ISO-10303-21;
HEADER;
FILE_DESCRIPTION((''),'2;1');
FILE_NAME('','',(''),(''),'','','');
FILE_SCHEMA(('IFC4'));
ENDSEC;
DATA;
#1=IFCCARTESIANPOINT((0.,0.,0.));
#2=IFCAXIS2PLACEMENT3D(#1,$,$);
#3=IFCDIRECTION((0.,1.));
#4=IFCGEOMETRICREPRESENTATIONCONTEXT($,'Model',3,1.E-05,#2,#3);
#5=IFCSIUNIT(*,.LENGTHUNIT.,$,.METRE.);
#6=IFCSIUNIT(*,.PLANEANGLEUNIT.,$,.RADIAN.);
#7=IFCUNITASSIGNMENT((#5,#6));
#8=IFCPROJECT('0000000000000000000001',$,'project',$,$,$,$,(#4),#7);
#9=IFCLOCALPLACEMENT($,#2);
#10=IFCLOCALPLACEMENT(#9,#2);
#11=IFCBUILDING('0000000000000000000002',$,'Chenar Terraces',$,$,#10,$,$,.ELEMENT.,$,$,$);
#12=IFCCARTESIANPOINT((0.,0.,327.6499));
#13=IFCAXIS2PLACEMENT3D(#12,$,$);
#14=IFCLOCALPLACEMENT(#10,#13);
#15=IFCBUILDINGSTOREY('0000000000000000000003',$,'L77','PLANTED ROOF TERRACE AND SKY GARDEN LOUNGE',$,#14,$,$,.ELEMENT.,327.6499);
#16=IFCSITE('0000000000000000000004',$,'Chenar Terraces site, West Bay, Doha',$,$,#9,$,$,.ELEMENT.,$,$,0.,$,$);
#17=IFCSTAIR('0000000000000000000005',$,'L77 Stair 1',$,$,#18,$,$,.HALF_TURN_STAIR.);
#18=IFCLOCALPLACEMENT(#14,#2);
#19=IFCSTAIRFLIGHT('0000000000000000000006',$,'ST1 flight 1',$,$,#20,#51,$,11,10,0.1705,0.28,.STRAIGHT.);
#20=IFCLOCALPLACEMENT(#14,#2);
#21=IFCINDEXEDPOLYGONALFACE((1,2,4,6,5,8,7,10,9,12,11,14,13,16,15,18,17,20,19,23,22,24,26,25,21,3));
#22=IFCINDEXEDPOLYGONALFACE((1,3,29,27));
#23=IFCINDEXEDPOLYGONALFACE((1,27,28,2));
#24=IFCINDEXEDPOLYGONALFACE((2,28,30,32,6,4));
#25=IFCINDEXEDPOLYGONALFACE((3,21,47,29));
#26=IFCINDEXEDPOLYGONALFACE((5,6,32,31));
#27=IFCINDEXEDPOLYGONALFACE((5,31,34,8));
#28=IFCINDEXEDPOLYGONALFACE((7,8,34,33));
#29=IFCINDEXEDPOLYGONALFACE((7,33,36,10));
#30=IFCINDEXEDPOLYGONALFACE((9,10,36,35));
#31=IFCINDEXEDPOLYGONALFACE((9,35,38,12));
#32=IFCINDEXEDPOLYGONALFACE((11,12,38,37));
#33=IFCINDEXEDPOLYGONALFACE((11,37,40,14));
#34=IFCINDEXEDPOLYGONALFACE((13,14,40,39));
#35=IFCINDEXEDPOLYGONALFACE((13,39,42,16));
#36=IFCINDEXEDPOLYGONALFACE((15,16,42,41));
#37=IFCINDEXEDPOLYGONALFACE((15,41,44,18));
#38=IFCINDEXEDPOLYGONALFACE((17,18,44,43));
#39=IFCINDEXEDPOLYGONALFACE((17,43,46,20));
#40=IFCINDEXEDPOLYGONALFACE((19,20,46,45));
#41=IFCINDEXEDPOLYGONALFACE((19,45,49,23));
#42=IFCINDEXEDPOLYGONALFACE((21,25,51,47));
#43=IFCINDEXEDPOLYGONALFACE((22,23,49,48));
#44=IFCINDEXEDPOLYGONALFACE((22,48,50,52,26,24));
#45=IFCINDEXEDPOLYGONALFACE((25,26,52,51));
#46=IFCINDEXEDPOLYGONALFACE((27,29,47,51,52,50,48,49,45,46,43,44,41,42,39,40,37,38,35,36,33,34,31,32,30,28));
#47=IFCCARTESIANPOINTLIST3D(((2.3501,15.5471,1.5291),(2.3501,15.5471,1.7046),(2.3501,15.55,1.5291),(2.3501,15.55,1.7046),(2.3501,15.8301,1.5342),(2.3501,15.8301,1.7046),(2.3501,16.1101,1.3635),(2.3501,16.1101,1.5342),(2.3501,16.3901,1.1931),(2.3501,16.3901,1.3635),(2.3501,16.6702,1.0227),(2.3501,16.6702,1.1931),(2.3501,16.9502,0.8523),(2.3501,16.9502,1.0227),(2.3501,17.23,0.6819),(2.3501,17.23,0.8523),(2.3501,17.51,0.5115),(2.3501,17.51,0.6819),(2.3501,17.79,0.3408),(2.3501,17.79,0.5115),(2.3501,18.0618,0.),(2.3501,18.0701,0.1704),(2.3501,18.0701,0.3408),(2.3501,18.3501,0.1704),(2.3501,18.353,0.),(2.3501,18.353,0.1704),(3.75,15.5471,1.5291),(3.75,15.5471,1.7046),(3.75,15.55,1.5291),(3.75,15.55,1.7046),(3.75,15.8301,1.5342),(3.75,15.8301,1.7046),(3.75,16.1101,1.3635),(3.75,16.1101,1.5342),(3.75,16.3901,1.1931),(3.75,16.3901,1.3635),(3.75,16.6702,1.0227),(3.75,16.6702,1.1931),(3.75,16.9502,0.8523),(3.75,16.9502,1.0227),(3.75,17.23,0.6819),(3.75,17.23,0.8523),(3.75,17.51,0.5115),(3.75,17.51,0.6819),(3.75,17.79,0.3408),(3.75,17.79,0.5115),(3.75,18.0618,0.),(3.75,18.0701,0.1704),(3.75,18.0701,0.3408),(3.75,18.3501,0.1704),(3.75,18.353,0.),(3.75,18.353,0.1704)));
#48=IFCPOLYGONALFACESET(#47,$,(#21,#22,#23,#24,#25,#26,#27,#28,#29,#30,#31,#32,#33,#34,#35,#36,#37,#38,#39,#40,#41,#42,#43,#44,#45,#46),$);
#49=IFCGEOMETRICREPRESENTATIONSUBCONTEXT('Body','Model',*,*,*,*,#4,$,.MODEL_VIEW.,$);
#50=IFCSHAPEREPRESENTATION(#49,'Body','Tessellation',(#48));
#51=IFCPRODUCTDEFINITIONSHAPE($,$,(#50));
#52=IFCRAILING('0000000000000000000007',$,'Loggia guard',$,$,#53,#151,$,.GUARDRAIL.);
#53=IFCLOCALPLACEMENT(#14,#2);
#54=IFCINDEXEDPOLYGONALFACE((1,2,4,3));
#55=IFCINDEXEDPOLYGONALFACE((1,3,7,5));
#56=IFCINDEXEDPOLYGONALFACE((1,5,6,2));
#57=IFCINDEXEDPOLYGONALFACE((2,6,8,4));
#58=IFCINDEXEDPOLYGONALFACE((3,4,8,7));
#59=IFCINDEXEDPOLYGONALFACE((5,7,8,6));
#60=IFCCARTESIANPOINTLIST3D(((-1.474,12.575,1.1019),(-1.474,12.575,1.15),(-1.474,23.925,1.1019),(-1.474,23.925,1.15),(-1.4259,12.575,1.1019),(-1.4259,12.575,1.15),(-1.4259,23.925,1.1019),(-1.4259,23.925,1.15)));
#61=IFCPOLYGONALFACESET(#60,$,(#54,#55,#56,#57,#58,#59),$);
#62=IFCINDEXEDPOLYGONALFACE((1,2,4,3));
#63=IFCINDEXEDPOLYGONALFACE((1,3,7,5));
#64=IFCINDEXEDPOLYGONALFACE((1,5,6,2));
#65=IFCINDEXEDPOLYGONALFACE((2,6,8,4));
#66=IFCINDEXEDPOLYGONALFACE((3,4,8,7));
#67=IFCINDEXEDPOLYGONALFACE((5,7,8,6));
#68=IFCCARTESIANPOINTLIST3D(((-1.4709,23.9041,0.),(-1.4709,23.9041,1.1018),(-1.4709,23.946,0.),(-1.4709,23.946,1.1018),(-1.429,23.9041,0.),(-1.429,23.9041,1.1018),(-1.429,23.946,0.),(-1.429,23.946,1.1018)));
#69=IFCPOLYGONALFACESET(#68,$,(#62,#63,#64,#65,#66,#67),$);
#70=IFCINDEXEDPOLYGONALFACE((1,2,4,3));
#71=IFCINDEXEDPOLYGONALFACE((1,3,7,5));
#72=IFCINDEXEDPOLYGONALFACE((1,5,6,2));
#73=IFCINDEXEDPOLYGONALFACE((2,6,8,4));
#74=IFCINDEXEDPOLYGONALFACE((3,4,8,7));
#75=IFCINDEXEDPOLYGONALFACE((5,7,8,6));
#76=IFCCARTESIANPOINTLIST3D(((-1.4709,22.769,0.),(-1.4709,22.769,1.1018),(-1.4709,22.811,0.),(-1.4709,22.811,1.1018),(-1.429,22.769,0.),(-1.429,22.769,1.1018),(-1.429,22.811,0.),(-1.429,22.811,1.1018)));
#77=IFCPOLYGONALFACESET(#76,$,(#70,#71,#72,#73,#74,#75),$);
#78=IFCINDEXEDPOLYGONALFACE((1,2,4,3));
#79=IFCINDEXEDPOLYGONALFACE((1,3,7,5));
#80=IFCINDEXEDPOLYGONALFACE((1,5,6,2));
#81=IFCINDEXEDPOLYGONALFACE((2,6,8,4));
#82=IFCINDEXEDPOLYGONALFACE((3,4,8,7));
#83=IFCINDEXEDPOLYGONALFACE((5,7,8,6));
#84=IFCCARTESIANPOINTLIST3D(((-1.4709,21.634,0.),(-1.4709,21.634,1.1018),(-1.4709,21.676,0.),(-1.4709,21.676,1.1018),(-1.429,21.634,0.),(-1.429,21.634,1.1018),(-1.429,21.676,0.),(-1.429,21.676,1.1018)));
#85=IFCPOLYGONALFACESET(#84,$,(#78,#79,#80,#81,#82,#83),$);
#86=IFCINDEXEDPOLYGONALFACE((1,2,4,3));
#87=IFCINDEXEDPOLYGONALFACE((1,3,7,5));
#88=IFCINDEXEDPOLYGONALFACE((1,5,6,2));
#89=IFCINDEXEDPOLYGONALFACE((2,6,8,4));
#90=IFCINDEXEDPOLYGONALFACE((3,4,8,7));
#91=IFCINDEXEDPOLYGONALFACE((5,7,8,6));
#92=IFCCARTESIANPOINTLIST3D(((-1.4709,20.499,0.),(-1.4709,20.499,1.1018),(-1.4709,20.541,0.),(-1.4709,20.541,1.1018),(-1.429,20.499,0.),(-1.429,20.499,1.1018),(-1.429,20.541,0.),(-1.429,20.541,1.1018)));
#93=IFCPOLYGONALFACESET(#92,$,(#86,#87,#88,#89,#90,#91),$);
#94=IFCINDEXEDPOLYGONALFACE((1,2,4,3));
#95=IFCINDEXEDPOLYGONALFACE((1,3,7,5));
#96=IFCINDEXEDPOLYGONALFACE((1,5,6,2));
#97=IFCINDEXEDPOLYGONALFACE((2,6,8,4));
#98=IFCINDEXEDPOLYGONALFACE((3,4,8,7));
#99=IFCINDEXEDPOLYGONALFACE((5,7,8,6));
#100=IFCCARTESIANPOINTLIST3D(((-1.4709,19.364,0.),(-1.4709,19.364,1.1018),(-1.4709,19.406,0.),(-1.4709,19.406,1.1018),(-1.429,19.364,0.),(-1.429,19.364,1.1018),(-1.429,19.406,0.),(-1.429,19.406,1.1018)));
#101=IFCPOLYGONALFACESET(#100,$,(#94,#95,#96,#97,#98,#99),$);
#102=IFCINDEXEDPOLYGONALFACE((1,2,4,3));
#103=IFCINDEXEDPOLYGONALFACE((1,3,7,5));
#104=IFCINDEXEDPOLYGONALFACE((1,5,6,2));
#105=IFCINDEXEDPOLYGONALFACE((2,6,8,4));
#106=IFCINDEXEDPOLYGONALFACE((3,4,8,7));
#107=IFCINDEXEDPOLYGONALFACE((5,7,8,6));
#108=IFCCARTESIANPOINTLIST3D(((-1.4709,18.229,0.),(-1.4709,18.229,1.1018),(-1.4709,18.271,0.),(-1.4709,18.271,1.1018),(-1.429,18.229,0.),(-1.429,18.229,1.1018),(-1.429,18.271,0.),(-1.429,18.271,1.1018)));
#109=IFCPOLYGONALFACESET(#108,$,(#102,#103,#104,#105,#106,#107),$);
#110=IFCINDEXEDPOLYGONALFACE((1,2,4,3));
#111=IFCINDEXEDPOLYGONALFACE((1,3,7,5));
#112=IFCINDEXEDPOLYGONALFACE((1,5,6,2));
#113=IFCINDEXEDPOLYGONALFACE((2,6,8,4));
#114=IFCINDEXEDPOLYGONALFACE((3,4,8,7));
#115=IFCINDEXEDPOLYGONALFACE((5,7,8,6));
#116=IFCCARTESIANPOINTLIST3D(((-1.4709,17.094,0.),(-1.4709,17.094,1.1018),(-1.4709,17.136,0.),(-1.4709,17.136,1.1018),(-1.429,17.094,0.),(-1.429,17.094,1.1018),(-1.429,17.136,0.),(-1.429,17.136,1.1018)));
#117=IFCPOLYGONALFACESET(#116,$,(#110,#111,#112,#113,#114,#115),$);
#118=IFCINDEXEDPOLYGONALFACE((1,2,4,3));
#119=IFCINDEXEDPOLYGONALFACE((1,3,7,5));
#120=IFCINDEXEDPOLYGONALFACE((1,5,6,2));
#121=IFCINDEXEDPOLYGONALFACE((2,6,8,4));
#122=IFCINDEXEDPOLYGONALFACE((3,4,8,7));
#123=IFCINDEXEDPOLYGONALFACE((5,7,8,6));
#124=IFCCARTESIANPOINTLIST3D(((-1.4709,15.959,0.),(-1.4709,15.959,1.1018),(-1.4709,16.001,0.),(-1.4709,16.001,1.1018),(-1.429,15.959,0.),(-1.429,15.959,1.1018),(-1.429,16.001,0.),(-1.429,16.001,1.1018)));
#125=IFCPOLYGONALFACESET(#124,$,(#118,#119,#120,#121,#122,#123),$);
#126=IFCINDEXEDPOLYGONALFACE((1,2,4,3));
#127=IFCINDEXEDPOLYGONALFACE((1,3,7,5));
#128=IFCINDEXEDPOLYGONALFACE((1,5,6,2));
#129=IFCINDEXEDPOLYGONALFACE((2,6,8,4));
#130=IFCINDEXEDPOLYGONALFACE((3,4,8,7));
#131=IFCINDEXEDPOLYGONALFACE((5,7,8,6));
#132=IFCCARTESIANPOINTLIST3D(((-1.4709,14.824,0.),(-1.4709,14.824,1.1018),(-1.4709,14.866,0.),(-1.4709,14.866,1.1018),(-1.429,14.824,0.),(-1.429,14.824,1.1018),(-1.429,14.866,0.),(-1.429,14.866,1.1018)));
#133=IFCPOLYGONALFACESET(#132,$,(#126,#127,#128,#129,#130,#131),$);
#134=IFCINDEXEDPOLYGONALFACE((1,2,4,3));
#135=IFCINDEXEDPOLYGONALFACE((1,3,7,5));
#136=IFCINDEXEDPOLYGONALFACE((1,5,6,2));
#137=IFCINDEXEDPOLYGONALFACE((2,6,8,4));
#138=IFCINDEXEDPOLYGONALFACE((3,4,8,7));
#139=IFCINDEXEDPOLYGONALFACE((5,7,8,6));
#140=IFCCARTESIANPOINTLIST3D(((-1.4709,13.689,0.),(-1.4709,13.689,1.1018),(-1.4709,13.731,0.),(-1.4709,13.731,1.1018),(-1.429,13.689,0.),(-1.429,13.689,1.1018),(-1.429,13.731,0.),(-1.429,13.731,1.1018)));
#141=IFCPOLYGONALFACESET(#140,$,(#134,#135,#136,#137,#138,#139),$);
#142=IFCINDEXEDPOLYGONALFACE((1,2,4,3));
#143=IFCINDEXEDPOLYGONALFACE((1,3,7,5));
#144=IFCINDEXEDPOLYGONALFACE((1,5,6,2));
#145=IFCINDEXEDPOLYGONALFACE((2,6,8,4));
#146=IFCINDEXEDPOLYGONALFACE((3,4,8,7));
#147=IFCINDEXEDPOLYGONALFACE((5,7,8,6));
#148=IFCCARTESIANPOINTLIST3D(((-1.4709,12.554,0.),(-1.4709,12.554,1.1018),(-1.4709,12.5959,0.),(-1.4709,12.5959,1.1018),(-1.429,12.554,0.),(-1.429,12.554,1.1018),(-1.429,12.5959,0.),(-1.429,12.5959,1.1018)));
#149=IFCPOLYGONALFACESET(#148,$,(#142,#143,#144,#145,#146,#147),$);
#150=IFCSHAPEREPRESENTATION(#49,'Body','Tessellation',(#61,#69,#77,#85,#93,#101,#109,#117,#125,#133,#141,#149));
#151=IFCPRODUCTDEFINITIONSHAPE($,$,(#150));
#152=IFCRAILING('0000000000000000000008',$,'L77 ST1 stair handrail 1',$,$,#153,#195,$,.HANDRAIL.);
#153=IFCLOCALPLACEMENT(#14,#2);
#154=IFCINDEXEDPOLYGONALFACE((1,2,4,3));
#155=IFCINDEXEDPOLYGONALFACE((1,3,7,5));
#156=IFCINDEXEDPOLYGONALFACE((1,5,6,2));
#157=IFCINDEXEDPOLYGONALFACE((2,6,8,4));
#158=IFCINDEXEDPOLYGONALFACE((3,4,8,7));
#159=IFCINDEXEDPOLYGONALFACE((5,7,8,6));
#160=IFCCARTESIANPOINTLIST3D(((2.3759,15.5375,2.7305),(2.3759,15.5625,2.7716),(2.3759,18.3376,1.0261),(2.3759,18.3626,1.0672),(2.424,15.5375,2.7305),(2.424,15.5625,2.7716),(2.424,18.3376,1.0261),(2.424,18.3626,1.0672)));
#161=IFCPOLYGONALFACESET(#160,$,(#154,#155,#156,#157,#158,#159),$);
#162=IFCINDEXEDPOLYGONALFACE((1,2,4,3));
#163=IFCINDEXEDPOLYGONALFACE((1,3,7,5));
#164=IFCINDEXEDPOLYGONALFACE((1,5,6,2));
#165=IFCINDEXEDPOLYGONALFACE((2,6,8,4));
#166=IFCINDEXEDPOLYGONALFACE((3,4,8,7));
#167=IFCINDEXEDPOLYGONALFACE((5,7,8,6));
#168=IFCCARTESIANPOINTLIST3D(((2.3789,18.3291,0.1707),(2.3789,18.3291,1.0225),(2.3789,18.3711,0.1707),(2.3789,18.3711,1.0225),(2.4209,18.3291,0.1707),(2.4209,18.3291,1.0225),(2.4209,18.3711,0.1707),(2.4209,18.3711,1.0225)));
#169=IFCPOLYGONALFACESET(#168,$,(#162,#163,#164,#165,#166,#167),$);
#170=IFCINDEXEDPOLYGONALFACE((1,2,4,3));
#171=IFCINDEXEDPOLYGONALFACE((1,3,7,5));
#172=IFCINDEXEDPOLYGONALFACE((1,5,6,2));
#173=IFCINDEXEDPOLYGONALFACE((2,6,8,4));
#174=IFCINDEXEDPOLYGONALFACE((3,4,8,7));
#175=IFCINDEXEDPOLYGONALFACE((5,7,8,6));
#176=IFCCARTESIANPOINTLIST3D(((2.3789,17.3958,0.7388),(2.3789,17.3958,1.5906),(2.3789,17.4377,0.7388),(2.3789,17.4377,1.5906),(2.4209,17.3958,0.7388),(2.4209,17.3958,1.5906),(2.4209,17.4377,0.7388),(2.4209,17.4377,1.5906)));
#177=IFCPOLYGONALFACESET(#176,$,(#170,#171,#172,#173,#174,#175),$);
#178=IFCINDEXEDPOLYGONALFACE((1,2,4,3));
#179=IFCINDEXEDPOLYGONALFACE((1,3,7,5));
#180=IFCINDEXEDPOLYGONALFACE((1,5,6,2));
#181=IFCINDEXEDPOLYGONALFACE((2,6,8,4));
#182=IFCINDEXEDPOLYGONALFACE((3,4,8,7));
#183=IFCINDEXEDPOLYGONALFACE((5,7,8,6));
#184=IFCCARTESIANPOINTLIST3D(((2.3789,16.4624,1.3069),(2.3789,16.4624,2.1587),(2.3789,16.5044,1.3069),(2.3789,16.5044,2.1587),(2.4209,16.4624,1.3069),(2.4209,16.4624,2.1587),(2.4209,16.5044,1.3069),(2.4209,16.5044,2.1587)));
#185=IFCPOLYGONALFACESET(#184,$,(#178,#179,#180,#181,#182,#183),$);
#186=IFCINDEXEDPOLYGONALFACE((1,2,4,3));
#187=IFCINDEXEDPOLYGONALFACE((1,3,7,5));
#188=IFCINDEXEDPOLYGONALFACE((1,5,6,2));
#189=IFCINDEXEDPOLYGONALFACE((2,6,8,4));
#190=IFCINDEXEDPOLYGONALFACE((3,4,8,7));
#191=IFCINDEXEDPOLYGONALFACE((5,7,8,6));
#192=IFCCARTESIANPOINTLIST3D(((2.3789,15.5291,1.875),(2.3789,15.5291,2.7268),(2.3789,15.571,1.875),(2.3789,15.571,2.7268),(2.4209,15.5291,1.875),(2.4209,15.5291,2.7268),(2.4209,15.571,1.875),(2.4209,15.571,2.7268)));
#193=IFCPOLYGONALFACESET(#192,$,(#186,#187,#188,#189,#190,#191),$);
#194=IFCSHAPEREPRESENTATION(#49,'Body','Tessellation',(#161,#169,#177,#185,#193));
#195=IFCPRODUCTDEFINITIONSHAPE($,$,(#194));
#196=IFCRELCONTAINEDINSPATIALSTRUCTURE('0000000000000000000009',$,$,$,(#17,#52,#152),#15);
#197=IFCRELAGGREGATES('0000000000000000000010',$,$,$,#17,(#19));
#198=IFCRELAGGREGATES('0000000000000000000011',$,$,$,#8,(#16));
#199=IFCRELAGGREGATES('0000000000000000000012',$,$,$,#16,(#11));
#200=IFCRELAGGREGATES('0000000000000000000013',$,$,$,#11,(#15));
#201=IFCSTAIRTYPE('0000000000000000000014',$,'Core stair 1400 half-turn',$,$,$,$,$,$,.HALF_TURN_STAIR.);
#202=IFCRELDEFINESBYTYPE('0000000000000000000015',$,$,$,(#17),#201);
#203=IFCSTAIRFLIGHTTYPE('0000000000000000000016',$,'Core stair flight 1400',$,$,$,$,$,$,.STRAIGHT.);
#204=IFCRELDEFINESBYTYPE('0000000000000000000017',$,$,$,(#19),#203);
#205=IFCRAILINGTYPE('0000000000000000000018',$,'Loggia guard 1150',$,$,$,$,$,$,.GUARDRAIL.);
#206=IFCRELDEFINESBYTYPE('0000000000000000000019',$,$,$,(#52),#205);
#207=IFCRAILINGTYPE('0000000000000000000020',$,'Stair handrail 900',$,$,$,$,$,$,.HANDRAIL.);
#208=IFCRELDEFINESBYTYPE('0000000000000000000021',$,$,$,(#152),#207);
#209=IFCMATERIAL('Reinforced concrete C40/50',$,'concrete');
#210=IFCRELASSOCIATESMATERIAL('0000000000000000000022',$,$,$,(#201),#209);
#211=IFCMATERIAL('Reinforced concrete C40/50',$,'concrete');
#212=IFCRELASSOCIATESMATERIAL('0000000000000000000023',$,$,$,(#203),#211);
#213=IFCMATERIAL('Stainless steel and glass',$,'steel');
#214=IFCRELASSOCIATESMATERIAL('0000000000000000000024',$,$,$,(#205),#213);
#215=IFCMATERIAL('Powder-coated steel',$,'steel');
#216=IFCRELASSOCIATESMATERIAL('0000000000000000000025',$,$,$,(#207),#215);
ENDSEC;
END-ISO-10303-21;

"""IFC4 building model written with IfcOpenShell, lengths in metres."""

from ifc_helpers import new_model, si_unit, direction, frame, origin, origin_2d, place, context, subcontext, project, spatial, polyline, rectangle, outline, extrude, material, type_object, element, aggregate, save


model = new_model("IFC4")

# Units and contexts
model_context = context("Model", 3, precision=1e-05, world=origin(), true_north=direction((0.0, 1.0)))
body_context = subcontext(model_context, "Body", "Model", "MODEL_VIEW")
ifc_project = project(units=[si_unit("LENGTHUNIT", "METRE"), si_unit("PLANEANGLEUNIT", "RADIAN")], contexts=[model_context])

# Site, building, storey
site_placement = place(None, origin())
site = spatial("IfcSite", under=ifc_project, at=site_placement, Name="Chenar Terraces site, West Bay, Doha", CompositionType="ELEMENT", RefElevation=0.0)
building_placement = place(site_placement, origin())
building = spatial("IfcBuilding", under=site, at=building_placement, Name="Chenar Terraces", CompositionType="ELEMENT")
storey_placement = place(building_placement, frame((0.0, 0.0, 327.6499)))
storey = spatial("IfcBuildingStorey", under=building, at=storey_placement, Name="L77", Description="PLANTED ROOF TERRACE AND SKY GARDEN LOUNGE", CompositionType="ELEMENT", Elevation=327.6499)

# Shared definitions
placement = place(storey_placement, origin())

# Stair, stair flight
ifc_material_1 = material(Name="Reinforced concrete C40/50", Category="concrete")
stair_type = type_object("IfcStairType", Name="Core stair 1400 half-turn", PredefinedType="HALF_TURN_STAIR", material=ifc_material_1)
stair = element("IfcStair", 1, at=placement, inside=storey, type_object=stair_type, Name="L77 Stair 1", PredefinedType="HALF_TURN_STAIR")
ifc_material_2 = material(Name="Reinforced concrete C40/50", Category="concrete")
stair_flight_type = type_object("IfcStairFlightType", Name="Core stair flight 1400", PredefinedType="STRAIGHT", material=ifc_material_2)
stair_flight_placement = place(storey_placement, frame((3.05, 18.3501, 0.0), z_axis=(0.0, 0.0, 1.0), x_axis=(0.0, -1.0, 0.0)))
stair_flight = element("IfcStairFlight", 2, at=stair_flight_placement, type_object=stair_flight_type, Name="ST1 flight 1", NumberOfRisers=11, NumberOfTreads=10, PredefinedType="STRAIGHT", RiserHeight=0.1705, TreadLength=0.28, context=body_context, shape_type="SweptSolid", body=[
    extrude(outline(polyline([(-0.0029, 0.0), (-0.0029, 0.1704), (0.0, 0.1704), (0.28, 0.1704), (0.28, 0.3408), (0.5601, 0.3408), (0.5601, 0.5115), (0.8401, 0.5115), (0.8401, 0.6819), (1.1201, 0.6819), (1.1201, 0.8523), (1.3999, 0.8523), (1.3999, 1.0227), (1.6799, 1.0227), (1.6799, 1.1931), (1.96, 1.1931), (1.96, 1.3635), (2.24, 1.3635), (2.24, 1.5342), (2.52, 1.5342), (2.52, 1.7046), (2.8, 1.7046), (2.803, 1.7046), (2.803, 1.5291), (2.8, 1.5291), (0.2883, 0.0), (-0.0029, 0.0)])), frame((0.0, 0.7, 0.0), z_axis=(0.0, -1.0, 0.0), x_axis=(1.0, 0.0, 0.0)), (0.0, 0.0, 1.0), 1.3999),
])
aggregate(stair, [stair_flight])

# Railings
ifc_material_3 = material(Name="Stainless steel and glass", Category="steel")
railing_type_1 = type_object("IfcRailingType", Name="Loggia guard 1150", PredefinedType="GUARDRAIL", material=ifc_material_3)
railing_placement = place(storey_placement, frame((-1.45, 23.925, 0.0)))
element("IfcRailing", 3, at=railing_placement, inside=storey, type_object=railing_type_1, Name="Loggia guard", PredefinedType="GUARDRAIL", context=body_context, shape_type="SweptSolid", body=[
    extrude(rectangle(XDim=0.0481, YDim=0.0481, at=origin_2d()), frame((0.0, 0.0, 1.126), z_axis=(0.0, -1.0, 0.0), x_axis=(1.0, 0.0, 0.0)), (0.0, 0.0, 1.0), 11.3501),
    extrude(rectangle(XDim=0.042, YDim=0.042, at=origin_2d()), origin(), (0.0, 0.0, 1.0), 1.1018),
    extrude(rectangle(XDim=0.042, YDim=0.042, at=origin_2d()), frame((0.0, -1.135, 0.0)), (0.0, 0.0, 1.0), 1.1018),
    extrude(rectangle(XDim=0.042, YDim=0.042, at=origin_2d()), frame((0.0, -2.27, 0.0)), (0.0, 0.0, 1.0), 1.1018),
    extrude(rectangle(XDim=0.042, YDim=0.042, at=origin_2d()), frame((0.0, -3.405, 0.0)), (0.0, 0.0, 1.0), 1.1018),
    extrude(rectangle(XDim=0.042, YDim=0.042, at=origin_2d()), frame((0.0, -4.54, 0.0)), (0.0, 0.0, 1.0), 1.1018),
    extrude(rectangle(XDim=0.042, YDim=0.042, at=origin_2d()), frame((0.0, -5.675, 0.0)), (0.0, 0.0, 1.0), 1.1018),
    extrude(rectangle(XDim=0.042, YDim=0.042, at=origin_2d()), frame((0.0, -6.8101, 0.0)), (0.0, 0.0, 1.0), 1.1018),
    extrude(rectangle(XDim=0.042, YDim=0.042, at=origin_2d()), frame((0.0, -7.9451, 0.0)), (0.0, 0.0, 1.0), 1.1018),
    extrude(rectangle(XDim=0.042, YDim=0.042, at=origin_2d()), frame((0.0, -9.0801, 0.0)), (0.0, 0.0, 1.0), 1.1018),
    extrude(rectangle(XDim=0.042, YDim=0.042, at=origin_2d()), frame((0.0, -10.2151, 0.0)), (0.0, 0.0, 1.0), 1.1018),
    extrude(rectangle(XDim=0.042, YDim=0.042, at=origin_2d()), frame((0.0, -11.3501, 0.0)), (0.0, 0.0, 1.0), 1.1018),
])
ifc_material_4 = material(Name="Powder-coated steel", Category="steel")
railing_type_2 = type_object("IfcRailingType", Name="Stair handrail 900", PredefinedType="HANDRAIL", material=ifc_material_4)
for number, where, name in (
    (4, (2.3999, 18.3501, 0.1707), "L77 ST1 stair handrail 1"),
):
    element("IfcRailing", number, at=place(storey_placement, frame(where)), inside=storey, type_object=railing_type_2, Name=name, PredefinedType="HANDRAIL", context=body_context, shape_type="SweptSolid", body=[
        extrude(rectangle(XDim=0.0481, YDim=0.0481, at=origin_2d()), frame((0.0, 0.0, 0.876), z_axis=(0.0, -0.854203, 0.51994), x_axis=(1.0, 0.0, 0.0)), (0.0, 0.0, 1.0), 3.2781),
        extrude(rectangle(XDim=0.042, YDim=0.042, at=origin_2d()), origin(), (0.0, 0.0, 1.0), 0.8518),
        extrude(rectangle(XDim=0.042, YDim=0.042, at=origin_2d()), frame((0.0, -0.9333, 0.5681)), (0.0, 0.0, 1.0), 0.8518),
        extrude(rectangle(XDim=0.042, YDim=0.042, at=origin_2d()), frame((0.0, -1.8667, 1.1362)), (0.0, 0.0, 1.0), 0.8518),
        extrude(rectangle(XDim=0.042, YDim=0.042, at=origin_2d()), frame((0.0, -2.8, 1.7043)), (0.0, 0.0, 1.0), 0.8518),
    ])

save(model, "model.ifc")
